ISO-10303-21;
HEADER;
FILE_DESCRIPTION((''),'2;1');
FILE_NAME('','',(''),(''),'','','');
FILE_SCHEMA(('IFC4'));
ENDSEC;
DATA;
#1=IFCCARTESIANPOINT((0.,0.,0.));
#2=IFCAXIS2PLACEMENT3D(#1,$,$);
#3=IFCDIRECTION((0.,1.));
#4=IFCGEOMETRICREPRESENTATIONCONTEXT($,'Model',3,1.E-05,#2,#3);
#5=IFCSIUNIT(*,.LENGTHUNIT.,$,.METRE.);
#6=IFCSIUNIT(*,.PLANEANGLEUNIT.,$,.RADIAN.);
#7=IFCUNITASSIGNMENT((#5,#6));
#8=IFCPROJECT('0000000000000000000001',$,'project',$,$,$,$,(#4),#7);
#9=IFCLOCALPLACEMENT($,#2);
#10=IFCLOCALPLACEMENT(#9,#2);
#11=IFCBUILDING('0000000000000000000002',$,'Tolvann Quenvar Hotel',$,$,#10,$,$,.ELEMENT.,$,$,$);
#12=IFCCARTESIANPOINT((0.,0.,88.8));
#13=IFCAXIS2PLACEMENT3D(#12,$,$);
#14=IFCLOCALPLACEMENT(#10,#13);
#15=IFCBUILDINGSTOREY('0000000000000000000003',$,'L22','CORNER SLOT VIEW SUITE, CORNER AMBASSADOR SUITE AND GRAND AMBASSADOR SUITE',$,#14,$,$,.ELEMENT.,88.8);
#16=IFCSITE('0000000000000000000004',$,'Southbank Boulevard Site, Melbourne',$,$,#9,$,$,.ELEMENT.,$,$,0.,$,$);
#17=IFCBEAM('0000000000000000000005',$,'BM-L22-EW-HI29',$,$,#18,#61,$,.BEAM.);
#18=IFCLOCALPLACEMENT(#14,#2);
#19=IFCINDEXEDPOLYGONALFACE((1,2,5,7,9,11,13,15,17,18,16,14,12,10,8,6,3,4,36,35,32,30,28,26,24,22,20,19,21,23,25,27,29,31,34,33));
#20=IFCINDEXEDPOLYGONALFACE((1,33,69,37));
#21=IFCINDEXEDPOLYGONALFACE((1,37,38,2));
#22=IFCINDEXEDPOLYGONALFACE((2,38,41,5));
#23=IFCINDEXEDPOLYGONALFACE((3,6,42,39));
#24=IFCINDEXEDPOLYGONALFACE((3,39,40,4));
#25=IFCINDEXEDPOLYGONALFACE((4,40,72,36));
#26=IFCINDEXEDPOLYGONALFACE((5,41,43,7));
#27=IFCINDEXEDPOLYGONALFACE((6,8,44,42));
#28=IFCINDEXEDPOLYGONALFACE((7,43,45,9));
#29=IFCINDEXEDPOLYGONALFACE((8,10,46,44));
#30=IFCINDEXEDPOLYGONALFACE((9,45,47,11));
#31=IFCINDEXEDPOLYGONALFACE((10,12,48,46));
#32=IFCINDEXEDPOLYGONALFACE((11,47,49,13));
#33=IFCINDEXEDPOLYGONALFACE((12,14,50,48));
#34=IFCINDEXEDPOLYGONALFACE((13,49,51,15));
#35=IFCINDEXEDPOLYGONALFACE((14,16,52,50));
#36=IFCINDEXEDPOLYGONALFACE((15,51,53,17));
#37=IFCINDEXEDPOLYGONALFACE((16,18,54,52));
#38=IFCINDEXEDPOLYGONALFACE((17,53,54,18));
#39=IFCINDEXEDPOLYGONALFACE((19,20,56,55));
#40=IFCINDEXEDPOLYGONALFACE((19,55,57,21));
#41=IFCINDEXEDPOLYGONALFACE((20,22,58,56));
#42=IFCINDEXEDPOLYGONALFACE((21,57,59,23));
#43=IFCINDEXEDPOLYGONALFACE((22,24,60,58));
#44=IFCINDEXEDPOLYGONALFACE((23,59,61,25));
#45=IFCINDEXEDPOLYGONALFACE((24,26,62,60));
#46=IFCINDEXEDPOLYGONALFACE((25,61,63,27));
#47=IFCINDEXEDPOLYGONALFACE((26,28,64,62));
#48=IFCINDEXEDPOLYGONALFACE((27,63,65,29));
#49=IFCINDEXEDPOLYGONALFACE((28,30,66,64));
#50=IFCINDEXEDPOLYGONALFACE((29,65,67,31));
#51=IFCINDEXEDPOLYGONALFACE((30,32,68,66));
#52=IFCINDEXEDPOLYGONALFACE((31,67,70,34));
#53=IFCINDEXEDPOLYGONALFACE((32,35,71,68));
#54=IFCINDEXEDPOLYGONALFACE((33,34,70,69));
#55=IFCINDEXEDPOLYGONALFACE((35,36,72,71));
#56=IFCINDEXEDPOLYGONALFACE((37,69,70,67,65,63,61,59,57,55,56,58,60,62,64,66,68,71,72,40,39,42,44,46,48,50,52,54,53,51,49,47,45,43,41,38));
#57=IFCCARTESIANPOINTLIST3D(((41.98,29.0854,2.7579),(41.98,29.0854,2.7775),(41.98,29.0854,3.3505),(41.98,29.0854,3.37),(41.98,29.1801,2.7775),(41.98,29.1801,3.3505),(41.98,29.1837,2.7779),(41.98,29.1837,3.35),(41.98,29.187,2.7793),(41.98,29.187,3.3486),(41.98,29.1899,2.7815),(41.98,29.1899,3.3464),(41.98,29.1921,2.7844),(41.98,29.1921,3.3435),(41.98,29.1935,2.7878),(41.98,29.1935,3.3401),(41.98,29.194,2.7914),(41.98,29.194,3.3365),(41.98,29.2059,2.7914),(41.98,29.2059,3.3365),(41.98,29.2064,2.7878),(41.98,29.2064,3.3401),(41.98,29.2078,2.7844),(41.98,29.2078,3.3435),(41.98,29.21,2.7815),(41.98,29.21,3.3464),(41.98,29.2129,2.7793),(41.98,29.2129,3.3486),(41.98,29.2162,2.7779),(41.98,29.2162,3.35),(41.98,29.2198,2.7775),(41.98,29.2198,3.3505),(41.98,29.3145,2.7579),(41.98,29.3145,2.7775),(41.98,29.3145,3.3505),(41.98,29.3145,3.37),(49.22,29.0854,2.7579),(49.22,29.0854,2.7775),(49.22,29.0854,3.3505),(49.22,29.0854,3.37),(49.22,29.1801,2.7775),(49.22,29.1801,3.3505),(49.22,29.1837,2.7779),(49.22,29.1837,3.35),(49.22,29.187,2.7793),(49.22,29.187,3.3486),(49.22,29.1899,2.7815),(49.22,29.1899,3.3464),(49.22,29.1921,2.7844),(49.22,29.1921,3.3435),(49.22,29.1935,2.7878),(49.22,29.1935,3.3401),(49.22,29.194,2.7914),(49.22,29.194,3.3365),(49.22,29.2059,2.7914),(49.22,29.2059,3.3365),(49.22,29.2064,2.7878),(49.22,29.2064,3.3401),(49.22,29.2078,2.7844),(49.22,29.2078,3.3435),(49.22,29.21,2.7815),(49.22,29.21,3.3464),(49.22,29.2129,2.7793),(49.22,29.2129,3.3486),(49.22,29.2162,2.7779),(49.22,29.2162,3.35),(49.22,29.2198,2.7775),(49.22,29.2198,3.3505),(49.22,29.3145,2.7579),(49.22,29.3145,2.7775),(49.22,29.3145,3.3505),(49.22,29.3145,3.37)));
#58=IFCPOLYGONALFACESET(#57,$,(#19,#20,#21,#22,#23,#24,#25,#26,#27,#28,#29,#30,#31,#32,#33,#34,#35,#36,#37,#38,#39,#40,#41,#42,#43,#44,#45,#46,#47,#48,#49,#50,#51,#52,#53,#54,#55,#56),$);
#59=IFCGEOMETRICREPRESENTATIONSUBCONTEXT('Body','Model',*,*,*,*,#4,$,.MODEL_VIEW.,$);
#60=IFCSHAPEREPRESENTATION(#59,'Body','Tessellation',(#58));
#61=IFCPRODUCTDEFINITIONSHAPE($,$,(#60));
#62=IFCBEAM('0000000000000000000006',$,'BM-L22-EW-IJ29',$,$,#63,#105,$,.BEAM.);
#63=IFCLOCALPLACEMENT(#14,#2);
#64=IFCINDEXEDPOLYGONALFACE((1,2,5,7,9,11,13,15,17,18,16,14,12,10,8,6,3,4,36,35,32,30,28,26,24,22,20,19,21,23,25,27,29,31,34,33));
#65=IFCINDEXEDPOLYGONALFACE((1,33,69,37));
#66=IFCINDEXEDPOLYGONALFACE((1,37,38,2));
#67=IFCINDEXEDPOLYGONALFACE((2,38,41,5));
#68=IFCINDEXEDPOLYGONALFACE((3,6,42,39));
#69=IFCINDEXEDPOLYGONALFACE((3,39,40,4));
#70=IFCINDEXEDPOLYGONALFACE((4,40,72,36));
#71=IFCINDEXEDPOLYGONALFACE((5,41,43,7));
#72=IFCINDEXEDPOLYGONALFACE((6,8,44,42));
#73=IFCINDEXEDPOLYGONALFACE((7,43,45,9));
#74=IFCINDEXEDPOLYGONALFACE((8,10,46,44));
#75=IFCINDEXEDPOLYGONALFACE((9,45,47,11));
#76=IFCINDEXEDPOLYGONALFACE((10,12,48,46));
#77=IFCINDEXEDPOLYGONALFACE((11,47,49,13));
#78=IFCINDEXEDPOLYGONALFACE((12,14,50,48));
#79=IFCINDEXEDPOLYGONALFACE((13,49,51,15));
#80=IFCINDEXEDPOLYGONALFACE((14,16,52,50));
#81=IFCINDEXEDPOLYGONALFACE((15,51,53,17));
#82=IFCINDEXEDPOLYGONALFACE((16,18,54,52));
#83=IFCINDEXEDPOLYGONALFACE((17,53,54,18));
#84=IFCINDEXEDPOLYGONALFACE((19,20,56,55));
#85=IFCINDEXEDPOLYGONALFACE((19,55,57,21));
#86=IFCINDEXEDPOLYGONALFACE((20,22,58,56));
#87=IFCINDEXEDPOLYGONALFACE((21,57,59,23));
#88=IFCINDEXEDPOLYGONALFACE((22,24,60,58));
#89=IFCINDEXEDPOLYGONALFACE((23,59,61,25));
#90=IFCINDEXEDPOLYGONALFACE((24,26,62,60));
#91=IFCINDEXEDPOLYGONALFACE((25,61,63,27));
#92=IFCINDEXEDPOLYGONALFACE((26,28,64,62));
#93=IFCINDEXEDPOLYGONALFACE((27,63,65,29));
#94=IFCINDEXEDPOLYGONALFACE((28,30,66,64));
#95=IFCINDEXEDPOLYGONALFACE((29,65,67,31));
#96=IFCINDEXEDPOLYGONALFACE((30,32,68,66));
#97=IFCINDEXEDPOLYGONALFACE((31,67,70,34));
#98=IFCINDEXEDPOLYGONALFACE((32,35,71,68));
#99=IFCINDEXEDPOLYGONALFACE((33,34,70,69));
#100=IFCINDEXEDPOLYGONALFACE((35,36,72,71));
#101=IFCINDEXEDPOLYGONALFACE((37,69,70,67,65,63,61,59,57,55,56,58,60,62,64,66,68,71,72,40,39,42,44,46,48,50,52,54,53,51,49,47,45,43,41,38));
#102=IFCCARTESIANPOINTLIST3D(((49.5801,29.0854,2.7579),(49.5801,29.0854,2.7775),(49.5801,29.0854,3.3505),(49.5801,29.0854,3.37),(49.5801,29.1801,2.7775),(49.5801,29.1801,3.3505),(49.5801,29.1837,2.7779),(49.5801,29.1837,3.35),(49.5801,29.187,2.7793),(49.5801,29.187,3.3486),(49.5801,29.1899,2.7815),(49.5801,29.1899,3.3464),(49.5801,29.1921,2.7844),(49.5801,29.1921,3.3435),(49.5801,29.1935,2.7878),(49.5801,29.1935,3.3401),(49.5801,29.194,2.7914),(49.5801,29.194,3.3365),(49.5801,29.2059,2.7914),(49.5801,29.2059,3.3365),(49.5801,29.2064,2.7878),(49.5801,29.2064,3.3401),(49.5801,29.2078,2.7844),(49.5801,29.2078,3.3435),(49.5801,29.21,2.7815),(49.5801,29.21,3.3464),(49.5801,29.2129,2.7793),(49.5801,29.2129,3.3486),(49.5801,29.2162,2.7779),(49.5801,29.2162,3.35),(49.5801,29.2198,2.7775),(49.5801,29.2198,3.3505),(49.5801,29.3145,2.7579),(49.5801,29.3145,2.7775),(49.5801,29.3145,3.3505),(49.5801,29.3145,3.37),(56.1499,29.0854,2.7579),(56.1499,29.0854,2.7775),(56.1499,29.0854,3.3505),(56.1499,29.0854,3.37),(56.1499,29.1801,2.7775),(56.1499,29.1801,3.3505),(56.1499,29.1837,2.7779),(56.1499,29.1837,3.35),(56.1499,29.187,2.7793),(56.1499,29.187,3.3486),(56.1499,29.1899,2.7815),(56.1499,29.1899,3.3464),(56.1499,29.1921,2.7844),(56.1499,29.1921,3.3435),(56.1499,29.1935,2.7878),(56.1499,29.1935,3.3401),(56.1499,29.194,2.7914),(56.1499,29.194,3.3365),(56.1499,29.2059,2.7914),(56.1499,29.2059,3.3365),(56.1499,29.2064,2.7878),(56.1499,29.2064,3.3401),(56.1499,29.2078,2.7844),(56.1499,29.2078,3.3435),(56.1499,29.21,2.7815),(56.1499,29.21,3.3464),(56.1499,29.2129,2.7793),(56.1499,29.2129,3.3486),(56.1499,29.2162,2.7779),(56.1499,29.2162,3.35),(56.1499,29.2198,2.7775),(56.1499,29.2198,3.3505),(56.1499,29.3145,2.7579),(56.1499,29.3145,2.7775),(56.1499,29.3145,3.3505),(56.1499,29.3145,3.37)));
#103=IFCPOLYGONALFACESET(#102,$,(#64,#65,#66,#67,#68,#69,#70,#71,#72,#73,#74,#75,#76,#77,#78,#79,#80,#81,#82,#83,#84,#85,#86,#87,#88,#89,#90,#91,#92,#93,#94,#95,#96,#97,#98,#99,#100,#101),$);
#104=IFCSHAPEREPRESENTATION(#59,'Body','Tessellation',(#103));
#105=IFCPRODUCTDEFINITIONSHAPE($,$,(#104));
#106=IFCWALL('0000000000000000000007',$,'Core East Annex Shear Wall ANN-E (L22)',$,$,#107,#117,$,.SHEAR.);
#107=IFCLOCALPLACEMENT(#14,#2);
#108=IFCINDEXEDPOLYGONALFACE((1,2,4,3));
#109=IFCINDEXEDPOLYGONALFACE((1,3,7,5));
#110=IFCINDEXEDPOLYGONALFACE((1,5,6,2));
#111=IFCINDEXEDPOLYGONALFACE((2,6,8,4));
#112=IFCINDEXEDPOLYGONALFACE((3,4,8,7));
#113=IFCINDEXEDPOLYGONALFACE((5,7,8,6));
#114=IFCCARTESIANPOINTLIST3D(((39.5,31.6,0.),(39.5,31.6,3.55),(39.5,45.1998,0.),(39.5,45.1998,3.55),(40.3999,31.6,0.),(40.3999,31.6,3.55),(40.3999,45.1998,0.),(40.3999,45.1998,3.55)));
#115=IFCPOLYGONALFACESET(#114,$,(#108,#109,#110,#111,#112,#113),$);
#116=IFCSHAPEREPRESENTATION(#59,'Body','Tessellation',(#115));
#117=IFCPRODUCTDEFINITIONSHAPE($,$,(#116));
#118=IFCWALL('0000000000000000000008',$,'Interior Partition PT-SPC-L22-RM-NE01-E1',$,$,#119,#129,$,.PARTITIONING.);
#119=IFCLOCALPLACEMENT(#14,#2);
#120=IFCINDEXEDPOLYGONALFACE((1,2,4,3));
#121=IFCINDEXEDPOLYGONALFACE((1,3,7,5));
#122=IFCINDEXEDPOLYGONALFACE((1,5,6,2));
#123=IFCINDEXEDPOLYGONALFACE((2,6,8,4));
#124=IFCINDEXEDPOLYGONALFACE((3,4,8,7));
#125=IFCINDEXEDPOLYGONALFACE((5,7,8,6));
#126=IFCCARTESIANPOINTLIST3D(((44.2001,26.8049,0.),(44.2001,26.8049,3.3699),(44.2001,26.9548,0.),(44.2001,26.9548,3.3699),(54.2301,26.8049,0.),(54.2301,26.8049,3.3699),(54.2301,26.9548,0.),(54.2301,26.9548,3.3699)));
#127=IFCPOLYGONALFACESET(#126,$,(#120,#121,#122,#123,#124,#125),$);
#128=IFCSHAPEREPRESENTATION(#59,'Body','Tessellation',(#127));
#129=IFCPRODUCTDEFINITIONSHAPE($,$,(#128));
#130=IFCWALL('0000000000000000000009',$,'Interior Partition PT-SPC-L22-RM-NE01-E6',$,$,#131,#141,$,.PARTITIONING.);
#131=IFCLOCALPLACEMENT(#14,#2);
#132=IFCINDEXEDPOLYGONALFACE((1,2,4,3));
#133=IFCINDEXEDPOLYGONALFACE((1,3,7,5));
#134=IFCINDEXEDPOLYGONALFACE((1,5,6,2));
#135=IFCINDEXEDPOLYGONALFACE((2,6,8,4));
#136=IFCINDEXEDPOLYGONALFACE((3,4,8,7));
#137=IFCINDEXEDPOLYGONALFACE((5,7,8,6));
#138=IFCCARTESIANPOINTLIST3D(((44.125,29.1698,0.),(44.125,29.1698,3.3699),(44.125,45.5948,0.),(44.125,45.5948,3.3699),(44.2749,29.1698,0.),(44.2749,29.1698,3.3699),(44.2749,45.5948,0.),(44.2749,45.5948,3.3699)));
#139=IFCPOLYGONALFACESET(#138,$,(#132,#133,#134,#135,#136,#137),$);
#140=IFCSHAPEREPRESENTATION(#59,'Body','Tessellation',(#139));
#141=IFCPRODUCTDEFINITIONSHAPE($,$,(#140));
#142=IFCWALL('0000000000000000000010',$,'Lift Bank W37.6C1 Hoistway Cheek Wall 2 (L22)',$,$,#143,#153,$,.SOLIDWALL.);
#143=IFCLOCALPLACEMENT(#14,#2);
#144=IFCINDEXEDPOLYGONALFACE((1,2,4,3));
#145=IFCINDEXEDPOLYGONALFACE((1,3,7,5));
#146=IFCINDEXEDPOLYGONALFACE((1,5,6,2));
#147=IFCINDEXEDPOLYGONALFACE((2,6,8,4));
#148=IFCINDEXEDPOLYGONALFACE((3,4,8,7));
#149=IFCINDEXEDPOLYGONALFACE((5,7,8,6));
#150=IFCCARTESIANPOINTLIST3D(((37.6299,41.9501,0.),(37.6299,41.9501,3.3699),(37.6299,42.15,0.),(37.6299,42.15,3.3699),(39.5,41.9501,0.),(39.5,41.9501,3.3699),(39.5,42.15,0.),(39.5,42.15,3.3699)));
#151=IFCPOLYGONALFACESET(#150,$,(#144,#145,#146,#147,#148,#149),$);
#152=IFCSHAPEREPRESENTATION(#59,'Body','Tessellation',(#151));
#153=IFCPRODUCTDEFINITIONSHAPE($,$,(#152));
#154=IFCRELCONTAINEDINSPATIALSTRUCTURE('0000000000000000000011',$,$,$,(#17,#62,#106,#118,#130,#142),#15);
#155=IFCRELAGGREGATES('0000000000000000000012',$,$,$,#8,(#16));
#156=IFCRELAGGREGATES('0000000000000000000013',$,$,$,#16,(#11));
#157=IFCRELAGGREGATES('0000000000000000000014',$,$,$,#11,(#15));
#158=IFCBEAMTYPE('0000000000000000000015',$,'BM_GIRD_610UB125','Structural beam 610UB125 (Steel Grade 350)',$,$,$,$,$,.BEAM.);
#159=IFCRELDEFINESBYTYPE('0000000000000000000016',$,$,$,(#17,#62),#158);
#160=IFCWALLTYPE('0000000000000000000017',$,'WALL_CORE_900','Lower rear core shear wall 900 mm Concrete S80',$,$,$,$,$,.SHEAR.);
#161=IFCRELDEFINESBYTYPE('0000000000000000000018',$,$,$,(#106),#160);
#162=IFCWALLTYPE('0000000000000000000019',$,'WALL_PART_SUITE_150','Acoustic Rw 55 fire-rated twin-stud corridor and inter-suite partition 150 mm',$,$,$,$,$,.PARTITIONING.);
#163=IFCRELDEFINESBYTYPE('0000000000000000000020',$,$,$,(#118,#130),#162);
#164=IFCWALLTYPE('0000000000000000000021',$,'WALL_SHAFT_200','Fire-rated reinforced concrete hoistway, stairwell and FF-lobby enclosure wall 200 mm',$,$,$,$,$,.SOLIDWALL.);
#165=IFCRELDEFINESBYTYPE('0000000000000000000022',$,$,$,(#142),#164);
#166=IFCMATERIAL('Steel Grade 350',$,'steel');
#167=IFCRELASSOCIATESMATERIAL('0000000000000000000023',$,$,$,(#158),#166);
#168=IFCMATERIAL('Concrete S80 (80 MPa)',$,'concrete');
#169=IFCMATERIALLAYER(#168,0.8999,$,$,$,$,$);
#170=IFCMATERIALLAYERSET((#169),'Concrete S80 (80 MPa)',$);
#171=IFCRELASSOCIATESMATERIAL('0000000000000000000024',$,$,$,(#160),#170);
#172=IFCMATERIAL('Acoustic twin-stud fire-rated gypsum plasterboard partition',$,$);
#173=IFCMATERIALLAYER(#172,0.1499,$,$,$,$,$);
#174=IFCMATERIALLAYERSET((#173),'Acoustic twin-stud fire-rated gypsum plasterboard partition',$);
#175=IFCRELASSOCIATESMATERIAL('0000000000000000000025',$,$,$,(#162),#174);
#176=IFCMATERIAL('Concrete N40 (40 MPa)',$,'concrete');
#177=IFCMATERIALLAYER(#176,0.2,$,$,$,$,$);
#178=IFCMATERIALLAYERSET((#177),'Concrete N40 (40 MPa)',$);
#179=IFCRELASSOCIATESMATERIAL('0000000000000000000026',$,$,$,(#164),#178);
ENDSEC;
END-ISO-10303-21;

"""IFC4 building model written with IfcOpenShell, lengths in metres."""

from ifc_helpers import new_model, si_unit, direction, frame, frame_2d, origin, origin_2d, place, context, subcontext, project, spatial, rectangle, i_section, extrude, source, transform, mapped, material, layer, layer_set, material_profile, profile_set, type_object, type_shapes, element, save


model = new_model("IFC4")

# Units and contexts
model_context = context("Model", 3, precision=1e-05, world=origin(), true_north=direction((0.0, 1.0)))
body_context = subcontext(model_context, "Body", "Model", "MODEL_VIEW")
ifc_project = project(units=[si_unit("LENGTHUNIT", "METRE"), si_unit("PLANEANGLEUNIT", "RADIAN")], contexts=[model_context])

# Site, building, storey
site_placement = place(None, origin())
site = spatial("IfcSite", under=ifc_project, at=site_placement, Name="Southbank Boulevard Site, Melbourne", CompositionType="ELEMENT", RefElevation=0.0)
building_placement = place(site_placement, origin())
building = spatial("IfcBuilding", under=site, at=building_placement, Name="Tolvann Quenvar Hotel", CompositionType="ELEMENT")
storey_placement = place(building_placement, frame((0.0, 0.0, 88.8)))
storey = spatial("IfcBuildingStorey", under=building, at=storey_placement, Name="L22", Description="CORNER SLOT VIEW SUITE, CORNER AMBASSADOR SUITE AND GRAND AMBASSADOR SUITE", CompositionType="ELEMENT", Elevation=88.8)

# Beams
ifc_material_1 = material(Name="Steel Grade 350", Category="steel")
ifc_material_profile_1 = material_profile(ifc_material_1, i_section(OverallWidth=0.229, OverallDepth=0.6121, WebThickness=0.012, FlangeThickness=0.0195, FilletRadius=0.0139, at=origin_2d()), Name="610UB125")
ifc_profile_set_1 = profile_set([ifc_material_profile_1], Name="Steel Grade 350")
beam_type_1 = type_object("IfcBeamType", Name="BM_GIRD_610UB125", Description="Structural beam 610UB125 (Steel Grade 350)", PredefinedType="BEAM", material=ifc_profile_set_1)
shared_shape_1 = source(origin(), body_context, "Body", "SweptSolid", [
    extrude(i_section(OverallWidth=0.229, OverallDepth=0.6121, WebThickness=0.012, FlangeThickness=0.0195, FilletRadius=0.0139, at=origin_2d()), origin(), (0.0, 0.0, 1.0), 7.24),
])
beam_1_placement = place(storey_placement, frame((41.98, 29.2, 3.064), z_axis=(1.0, 0.0, 0.0), x_axis=(0.0, 1.0, 0.0)))
element("IfcBeam", 1, at=beam_1_placement, inside=storey, type_object=beam_type_1, Name="BM-L22-EW-HI29", PredefinedType="BEAM", context=body_context, shape_type="MappedRepresentation", body=[
    mapped(shared_shape_1, transform((0.0, 0.0, 0.0), x_axis=(1.0, 0.0, 0.0), y_axis=(0.0, 1.0, 0.0), z_axis=(0.0, 0.0, 1.0), scale=1.0)),
])
shared_shape_2 = source(origin(), body_context, "Body", "SweptSolid", [
    extrude(i_section(OverallWidth=0.229, OverallDepth=0.6121, WebThickness=0.012, FlangeThickness=0.0195, FilletRadius=0.0139, at=origin_2d()), origin(), (0.0, 0.0, 1.0), 6.5698),
])
type_shapes(beam_type_1, [shared_shape_1, shared_shape_2])
beam_2_placement = place(storey_placement, frame((49.5801, 29.2, 3.064), z_axis=(1.0, 0.0, 0.0), x_axis=(0.0, 1.0, 0.0)))
element("IfcBeam", 2, at=beam_2_placement, inside=storey, type_object=beam_type_1, Name="BM-L22-EW-IJ29", PredefinedType="BEAM", context=body_context, shape_type="MappedRepresentation", body=[
    mapped(shared_shape_2, transform((0.0, 0.0, 0.0), x_axis=(1.0, 0.0, 0.0), y_axis=(0.0, 1.0, 0.0), z_axis=(0.0, 0.0, 1.0), scale=1.0)),
])

# Walls
ifc_material_2 = material(Name="Concrete S80 (80 MPa)", Category="concrete")
ifc_layer_1 = layer(ifc_material_2, 0.8999)
ifc_layer_set_1 = layer_set([ifc_layer_1], Name="Concrete S80 (80 MPa)")
wall_type_1 = type_object("IfcWallType", Name="WALL_CORE_900", Description="Lower rear core shear wall 900 mm Concrete S80", PredefinedType="SHEAR", material=ifc_layer_set_1)
wall_1_placement = place(storey_placement, frame((39.95, 31.6001, 0.0), z_axis=(0.0, 0.0, 1.0), x_axis=(0.0, 1.0, 0.0)))
element("IfcWall", 3, at=wall_1_placement, inside=storey, type_object=wall_type_1, Name="Core East Annex Shear Wall ANN-E (L22)", PredefinedType="SHEAR", context=body_context, shape_type="SweptSolid", body=[
    extrude(rectangle(XDim=13.5999, YDim=0.8999, at=frame_2d((6.7998, 0.0))), origin(), (0.0, 0.0, 1.0), 3.55),
])
ifc_material_3 = material(Name="Acoustic twin-stud fire-rated gypsum plasterboard partition")
ifc_layer_2 = layer(ifc_material_3, 0.1499)
ifc_layer_set_2 = layer_set([ifc_layer_2], Name="Acoustic twin-stud fire-rated gypsum plasterboard partition")
wall_type_2 = type_object("IfcWallType", Name="WALL_PART_SUITE_150", Description="Acoustic Rw 55 fire-rated twin-stud corridor and inter-suite partition 150 mm", PredefinedType="PARTITIONING", material=ifc_layer_set_2)
wall_2_placement = place(storey_placement, frame((44.2, 26.8799, 0.0), z_axis=(0.0, 0.0, 1.0), x_axis=(1.0, 0.0, 0.0)))
element("IfcWall", 4, at=wall_2_placement, inside=storey, type_object=wall_type_2, Name="Interior Partition PT-SPC-L22-RM-NE01-E1", PredefinedType="PARTITIONING", context=body_context, shape_type="SweptSolid", body=[
    extrude(rectangle(XDim=10.03, YDim=0.1499, at=frame_2d((5.0151, 0.0))), origin(), (0.0, 0.0, 1.0), 3.3699),
])
wall_3_placement = place(storey_placement, frame((44.2, 29.1699, 0.0), z_axis=(0.0, 0.0, 1.0), x_axis=(0.0, 1.0, 0.0)))
element("IfcWall", 5, at=wall_3_placement, inside=storey, type_object=wall_type_2, Name="Interior Partition PT-SPC-L22-RM-NE01-E6", PredefinedType="PARTITIONING", context=body_context, shape_type="SweptSolid", body=[
    extrude(rectangle(XDim=16.425, YDim=0.1499, at=frame_2d((8.2124, 0.0))), origin(), (0.0, 0.0, 1.0), 3.3699),
])
ifc_material_4 = material(Name="Concrete N40 (40 MPa)", Category="concrete")
ifc_layer_3 = layer(ifc_material_4, 0.2)
ifc_layer_set_3 = layer_set([ifc_layer_3], Name="Concrete N40 (40 MPa)")
wall_type_3 = type_object("IfcWallType", Name="WALL_SHAFT_200", Description="Fire-rated reinforced concrete hoistway, stairwell and FF-lobby enclosure wall 200 mm", PredefinedType="SOLIDWALL", material=ifc_layer_set_3)
wall_4_placement = place(storey_placement, frame((37.6299, 42.05, 0.0), z_axis=(0.0, 0.0, 1.0), x_axis=(1.0, 0.0, 0.0)))
element("IfcWall", 6, at=wall_4_placement, inside=storey, type_object=wall_type_3, Name="Lift Bank W37.6C1 Hoistway Cheek Wall 2 (L22)", PredefinedType="SOLIDWALL", context=body_context, shape_type="SweptSolid", body=[
    extrude(rectangle(XDim=1.8701, YDim=0.2, at=frame_2d((0.9351, 0.0))), origin(), (0.0, 0.0, 1.0), 3.3699),
])

save(model, "model.ifc")
